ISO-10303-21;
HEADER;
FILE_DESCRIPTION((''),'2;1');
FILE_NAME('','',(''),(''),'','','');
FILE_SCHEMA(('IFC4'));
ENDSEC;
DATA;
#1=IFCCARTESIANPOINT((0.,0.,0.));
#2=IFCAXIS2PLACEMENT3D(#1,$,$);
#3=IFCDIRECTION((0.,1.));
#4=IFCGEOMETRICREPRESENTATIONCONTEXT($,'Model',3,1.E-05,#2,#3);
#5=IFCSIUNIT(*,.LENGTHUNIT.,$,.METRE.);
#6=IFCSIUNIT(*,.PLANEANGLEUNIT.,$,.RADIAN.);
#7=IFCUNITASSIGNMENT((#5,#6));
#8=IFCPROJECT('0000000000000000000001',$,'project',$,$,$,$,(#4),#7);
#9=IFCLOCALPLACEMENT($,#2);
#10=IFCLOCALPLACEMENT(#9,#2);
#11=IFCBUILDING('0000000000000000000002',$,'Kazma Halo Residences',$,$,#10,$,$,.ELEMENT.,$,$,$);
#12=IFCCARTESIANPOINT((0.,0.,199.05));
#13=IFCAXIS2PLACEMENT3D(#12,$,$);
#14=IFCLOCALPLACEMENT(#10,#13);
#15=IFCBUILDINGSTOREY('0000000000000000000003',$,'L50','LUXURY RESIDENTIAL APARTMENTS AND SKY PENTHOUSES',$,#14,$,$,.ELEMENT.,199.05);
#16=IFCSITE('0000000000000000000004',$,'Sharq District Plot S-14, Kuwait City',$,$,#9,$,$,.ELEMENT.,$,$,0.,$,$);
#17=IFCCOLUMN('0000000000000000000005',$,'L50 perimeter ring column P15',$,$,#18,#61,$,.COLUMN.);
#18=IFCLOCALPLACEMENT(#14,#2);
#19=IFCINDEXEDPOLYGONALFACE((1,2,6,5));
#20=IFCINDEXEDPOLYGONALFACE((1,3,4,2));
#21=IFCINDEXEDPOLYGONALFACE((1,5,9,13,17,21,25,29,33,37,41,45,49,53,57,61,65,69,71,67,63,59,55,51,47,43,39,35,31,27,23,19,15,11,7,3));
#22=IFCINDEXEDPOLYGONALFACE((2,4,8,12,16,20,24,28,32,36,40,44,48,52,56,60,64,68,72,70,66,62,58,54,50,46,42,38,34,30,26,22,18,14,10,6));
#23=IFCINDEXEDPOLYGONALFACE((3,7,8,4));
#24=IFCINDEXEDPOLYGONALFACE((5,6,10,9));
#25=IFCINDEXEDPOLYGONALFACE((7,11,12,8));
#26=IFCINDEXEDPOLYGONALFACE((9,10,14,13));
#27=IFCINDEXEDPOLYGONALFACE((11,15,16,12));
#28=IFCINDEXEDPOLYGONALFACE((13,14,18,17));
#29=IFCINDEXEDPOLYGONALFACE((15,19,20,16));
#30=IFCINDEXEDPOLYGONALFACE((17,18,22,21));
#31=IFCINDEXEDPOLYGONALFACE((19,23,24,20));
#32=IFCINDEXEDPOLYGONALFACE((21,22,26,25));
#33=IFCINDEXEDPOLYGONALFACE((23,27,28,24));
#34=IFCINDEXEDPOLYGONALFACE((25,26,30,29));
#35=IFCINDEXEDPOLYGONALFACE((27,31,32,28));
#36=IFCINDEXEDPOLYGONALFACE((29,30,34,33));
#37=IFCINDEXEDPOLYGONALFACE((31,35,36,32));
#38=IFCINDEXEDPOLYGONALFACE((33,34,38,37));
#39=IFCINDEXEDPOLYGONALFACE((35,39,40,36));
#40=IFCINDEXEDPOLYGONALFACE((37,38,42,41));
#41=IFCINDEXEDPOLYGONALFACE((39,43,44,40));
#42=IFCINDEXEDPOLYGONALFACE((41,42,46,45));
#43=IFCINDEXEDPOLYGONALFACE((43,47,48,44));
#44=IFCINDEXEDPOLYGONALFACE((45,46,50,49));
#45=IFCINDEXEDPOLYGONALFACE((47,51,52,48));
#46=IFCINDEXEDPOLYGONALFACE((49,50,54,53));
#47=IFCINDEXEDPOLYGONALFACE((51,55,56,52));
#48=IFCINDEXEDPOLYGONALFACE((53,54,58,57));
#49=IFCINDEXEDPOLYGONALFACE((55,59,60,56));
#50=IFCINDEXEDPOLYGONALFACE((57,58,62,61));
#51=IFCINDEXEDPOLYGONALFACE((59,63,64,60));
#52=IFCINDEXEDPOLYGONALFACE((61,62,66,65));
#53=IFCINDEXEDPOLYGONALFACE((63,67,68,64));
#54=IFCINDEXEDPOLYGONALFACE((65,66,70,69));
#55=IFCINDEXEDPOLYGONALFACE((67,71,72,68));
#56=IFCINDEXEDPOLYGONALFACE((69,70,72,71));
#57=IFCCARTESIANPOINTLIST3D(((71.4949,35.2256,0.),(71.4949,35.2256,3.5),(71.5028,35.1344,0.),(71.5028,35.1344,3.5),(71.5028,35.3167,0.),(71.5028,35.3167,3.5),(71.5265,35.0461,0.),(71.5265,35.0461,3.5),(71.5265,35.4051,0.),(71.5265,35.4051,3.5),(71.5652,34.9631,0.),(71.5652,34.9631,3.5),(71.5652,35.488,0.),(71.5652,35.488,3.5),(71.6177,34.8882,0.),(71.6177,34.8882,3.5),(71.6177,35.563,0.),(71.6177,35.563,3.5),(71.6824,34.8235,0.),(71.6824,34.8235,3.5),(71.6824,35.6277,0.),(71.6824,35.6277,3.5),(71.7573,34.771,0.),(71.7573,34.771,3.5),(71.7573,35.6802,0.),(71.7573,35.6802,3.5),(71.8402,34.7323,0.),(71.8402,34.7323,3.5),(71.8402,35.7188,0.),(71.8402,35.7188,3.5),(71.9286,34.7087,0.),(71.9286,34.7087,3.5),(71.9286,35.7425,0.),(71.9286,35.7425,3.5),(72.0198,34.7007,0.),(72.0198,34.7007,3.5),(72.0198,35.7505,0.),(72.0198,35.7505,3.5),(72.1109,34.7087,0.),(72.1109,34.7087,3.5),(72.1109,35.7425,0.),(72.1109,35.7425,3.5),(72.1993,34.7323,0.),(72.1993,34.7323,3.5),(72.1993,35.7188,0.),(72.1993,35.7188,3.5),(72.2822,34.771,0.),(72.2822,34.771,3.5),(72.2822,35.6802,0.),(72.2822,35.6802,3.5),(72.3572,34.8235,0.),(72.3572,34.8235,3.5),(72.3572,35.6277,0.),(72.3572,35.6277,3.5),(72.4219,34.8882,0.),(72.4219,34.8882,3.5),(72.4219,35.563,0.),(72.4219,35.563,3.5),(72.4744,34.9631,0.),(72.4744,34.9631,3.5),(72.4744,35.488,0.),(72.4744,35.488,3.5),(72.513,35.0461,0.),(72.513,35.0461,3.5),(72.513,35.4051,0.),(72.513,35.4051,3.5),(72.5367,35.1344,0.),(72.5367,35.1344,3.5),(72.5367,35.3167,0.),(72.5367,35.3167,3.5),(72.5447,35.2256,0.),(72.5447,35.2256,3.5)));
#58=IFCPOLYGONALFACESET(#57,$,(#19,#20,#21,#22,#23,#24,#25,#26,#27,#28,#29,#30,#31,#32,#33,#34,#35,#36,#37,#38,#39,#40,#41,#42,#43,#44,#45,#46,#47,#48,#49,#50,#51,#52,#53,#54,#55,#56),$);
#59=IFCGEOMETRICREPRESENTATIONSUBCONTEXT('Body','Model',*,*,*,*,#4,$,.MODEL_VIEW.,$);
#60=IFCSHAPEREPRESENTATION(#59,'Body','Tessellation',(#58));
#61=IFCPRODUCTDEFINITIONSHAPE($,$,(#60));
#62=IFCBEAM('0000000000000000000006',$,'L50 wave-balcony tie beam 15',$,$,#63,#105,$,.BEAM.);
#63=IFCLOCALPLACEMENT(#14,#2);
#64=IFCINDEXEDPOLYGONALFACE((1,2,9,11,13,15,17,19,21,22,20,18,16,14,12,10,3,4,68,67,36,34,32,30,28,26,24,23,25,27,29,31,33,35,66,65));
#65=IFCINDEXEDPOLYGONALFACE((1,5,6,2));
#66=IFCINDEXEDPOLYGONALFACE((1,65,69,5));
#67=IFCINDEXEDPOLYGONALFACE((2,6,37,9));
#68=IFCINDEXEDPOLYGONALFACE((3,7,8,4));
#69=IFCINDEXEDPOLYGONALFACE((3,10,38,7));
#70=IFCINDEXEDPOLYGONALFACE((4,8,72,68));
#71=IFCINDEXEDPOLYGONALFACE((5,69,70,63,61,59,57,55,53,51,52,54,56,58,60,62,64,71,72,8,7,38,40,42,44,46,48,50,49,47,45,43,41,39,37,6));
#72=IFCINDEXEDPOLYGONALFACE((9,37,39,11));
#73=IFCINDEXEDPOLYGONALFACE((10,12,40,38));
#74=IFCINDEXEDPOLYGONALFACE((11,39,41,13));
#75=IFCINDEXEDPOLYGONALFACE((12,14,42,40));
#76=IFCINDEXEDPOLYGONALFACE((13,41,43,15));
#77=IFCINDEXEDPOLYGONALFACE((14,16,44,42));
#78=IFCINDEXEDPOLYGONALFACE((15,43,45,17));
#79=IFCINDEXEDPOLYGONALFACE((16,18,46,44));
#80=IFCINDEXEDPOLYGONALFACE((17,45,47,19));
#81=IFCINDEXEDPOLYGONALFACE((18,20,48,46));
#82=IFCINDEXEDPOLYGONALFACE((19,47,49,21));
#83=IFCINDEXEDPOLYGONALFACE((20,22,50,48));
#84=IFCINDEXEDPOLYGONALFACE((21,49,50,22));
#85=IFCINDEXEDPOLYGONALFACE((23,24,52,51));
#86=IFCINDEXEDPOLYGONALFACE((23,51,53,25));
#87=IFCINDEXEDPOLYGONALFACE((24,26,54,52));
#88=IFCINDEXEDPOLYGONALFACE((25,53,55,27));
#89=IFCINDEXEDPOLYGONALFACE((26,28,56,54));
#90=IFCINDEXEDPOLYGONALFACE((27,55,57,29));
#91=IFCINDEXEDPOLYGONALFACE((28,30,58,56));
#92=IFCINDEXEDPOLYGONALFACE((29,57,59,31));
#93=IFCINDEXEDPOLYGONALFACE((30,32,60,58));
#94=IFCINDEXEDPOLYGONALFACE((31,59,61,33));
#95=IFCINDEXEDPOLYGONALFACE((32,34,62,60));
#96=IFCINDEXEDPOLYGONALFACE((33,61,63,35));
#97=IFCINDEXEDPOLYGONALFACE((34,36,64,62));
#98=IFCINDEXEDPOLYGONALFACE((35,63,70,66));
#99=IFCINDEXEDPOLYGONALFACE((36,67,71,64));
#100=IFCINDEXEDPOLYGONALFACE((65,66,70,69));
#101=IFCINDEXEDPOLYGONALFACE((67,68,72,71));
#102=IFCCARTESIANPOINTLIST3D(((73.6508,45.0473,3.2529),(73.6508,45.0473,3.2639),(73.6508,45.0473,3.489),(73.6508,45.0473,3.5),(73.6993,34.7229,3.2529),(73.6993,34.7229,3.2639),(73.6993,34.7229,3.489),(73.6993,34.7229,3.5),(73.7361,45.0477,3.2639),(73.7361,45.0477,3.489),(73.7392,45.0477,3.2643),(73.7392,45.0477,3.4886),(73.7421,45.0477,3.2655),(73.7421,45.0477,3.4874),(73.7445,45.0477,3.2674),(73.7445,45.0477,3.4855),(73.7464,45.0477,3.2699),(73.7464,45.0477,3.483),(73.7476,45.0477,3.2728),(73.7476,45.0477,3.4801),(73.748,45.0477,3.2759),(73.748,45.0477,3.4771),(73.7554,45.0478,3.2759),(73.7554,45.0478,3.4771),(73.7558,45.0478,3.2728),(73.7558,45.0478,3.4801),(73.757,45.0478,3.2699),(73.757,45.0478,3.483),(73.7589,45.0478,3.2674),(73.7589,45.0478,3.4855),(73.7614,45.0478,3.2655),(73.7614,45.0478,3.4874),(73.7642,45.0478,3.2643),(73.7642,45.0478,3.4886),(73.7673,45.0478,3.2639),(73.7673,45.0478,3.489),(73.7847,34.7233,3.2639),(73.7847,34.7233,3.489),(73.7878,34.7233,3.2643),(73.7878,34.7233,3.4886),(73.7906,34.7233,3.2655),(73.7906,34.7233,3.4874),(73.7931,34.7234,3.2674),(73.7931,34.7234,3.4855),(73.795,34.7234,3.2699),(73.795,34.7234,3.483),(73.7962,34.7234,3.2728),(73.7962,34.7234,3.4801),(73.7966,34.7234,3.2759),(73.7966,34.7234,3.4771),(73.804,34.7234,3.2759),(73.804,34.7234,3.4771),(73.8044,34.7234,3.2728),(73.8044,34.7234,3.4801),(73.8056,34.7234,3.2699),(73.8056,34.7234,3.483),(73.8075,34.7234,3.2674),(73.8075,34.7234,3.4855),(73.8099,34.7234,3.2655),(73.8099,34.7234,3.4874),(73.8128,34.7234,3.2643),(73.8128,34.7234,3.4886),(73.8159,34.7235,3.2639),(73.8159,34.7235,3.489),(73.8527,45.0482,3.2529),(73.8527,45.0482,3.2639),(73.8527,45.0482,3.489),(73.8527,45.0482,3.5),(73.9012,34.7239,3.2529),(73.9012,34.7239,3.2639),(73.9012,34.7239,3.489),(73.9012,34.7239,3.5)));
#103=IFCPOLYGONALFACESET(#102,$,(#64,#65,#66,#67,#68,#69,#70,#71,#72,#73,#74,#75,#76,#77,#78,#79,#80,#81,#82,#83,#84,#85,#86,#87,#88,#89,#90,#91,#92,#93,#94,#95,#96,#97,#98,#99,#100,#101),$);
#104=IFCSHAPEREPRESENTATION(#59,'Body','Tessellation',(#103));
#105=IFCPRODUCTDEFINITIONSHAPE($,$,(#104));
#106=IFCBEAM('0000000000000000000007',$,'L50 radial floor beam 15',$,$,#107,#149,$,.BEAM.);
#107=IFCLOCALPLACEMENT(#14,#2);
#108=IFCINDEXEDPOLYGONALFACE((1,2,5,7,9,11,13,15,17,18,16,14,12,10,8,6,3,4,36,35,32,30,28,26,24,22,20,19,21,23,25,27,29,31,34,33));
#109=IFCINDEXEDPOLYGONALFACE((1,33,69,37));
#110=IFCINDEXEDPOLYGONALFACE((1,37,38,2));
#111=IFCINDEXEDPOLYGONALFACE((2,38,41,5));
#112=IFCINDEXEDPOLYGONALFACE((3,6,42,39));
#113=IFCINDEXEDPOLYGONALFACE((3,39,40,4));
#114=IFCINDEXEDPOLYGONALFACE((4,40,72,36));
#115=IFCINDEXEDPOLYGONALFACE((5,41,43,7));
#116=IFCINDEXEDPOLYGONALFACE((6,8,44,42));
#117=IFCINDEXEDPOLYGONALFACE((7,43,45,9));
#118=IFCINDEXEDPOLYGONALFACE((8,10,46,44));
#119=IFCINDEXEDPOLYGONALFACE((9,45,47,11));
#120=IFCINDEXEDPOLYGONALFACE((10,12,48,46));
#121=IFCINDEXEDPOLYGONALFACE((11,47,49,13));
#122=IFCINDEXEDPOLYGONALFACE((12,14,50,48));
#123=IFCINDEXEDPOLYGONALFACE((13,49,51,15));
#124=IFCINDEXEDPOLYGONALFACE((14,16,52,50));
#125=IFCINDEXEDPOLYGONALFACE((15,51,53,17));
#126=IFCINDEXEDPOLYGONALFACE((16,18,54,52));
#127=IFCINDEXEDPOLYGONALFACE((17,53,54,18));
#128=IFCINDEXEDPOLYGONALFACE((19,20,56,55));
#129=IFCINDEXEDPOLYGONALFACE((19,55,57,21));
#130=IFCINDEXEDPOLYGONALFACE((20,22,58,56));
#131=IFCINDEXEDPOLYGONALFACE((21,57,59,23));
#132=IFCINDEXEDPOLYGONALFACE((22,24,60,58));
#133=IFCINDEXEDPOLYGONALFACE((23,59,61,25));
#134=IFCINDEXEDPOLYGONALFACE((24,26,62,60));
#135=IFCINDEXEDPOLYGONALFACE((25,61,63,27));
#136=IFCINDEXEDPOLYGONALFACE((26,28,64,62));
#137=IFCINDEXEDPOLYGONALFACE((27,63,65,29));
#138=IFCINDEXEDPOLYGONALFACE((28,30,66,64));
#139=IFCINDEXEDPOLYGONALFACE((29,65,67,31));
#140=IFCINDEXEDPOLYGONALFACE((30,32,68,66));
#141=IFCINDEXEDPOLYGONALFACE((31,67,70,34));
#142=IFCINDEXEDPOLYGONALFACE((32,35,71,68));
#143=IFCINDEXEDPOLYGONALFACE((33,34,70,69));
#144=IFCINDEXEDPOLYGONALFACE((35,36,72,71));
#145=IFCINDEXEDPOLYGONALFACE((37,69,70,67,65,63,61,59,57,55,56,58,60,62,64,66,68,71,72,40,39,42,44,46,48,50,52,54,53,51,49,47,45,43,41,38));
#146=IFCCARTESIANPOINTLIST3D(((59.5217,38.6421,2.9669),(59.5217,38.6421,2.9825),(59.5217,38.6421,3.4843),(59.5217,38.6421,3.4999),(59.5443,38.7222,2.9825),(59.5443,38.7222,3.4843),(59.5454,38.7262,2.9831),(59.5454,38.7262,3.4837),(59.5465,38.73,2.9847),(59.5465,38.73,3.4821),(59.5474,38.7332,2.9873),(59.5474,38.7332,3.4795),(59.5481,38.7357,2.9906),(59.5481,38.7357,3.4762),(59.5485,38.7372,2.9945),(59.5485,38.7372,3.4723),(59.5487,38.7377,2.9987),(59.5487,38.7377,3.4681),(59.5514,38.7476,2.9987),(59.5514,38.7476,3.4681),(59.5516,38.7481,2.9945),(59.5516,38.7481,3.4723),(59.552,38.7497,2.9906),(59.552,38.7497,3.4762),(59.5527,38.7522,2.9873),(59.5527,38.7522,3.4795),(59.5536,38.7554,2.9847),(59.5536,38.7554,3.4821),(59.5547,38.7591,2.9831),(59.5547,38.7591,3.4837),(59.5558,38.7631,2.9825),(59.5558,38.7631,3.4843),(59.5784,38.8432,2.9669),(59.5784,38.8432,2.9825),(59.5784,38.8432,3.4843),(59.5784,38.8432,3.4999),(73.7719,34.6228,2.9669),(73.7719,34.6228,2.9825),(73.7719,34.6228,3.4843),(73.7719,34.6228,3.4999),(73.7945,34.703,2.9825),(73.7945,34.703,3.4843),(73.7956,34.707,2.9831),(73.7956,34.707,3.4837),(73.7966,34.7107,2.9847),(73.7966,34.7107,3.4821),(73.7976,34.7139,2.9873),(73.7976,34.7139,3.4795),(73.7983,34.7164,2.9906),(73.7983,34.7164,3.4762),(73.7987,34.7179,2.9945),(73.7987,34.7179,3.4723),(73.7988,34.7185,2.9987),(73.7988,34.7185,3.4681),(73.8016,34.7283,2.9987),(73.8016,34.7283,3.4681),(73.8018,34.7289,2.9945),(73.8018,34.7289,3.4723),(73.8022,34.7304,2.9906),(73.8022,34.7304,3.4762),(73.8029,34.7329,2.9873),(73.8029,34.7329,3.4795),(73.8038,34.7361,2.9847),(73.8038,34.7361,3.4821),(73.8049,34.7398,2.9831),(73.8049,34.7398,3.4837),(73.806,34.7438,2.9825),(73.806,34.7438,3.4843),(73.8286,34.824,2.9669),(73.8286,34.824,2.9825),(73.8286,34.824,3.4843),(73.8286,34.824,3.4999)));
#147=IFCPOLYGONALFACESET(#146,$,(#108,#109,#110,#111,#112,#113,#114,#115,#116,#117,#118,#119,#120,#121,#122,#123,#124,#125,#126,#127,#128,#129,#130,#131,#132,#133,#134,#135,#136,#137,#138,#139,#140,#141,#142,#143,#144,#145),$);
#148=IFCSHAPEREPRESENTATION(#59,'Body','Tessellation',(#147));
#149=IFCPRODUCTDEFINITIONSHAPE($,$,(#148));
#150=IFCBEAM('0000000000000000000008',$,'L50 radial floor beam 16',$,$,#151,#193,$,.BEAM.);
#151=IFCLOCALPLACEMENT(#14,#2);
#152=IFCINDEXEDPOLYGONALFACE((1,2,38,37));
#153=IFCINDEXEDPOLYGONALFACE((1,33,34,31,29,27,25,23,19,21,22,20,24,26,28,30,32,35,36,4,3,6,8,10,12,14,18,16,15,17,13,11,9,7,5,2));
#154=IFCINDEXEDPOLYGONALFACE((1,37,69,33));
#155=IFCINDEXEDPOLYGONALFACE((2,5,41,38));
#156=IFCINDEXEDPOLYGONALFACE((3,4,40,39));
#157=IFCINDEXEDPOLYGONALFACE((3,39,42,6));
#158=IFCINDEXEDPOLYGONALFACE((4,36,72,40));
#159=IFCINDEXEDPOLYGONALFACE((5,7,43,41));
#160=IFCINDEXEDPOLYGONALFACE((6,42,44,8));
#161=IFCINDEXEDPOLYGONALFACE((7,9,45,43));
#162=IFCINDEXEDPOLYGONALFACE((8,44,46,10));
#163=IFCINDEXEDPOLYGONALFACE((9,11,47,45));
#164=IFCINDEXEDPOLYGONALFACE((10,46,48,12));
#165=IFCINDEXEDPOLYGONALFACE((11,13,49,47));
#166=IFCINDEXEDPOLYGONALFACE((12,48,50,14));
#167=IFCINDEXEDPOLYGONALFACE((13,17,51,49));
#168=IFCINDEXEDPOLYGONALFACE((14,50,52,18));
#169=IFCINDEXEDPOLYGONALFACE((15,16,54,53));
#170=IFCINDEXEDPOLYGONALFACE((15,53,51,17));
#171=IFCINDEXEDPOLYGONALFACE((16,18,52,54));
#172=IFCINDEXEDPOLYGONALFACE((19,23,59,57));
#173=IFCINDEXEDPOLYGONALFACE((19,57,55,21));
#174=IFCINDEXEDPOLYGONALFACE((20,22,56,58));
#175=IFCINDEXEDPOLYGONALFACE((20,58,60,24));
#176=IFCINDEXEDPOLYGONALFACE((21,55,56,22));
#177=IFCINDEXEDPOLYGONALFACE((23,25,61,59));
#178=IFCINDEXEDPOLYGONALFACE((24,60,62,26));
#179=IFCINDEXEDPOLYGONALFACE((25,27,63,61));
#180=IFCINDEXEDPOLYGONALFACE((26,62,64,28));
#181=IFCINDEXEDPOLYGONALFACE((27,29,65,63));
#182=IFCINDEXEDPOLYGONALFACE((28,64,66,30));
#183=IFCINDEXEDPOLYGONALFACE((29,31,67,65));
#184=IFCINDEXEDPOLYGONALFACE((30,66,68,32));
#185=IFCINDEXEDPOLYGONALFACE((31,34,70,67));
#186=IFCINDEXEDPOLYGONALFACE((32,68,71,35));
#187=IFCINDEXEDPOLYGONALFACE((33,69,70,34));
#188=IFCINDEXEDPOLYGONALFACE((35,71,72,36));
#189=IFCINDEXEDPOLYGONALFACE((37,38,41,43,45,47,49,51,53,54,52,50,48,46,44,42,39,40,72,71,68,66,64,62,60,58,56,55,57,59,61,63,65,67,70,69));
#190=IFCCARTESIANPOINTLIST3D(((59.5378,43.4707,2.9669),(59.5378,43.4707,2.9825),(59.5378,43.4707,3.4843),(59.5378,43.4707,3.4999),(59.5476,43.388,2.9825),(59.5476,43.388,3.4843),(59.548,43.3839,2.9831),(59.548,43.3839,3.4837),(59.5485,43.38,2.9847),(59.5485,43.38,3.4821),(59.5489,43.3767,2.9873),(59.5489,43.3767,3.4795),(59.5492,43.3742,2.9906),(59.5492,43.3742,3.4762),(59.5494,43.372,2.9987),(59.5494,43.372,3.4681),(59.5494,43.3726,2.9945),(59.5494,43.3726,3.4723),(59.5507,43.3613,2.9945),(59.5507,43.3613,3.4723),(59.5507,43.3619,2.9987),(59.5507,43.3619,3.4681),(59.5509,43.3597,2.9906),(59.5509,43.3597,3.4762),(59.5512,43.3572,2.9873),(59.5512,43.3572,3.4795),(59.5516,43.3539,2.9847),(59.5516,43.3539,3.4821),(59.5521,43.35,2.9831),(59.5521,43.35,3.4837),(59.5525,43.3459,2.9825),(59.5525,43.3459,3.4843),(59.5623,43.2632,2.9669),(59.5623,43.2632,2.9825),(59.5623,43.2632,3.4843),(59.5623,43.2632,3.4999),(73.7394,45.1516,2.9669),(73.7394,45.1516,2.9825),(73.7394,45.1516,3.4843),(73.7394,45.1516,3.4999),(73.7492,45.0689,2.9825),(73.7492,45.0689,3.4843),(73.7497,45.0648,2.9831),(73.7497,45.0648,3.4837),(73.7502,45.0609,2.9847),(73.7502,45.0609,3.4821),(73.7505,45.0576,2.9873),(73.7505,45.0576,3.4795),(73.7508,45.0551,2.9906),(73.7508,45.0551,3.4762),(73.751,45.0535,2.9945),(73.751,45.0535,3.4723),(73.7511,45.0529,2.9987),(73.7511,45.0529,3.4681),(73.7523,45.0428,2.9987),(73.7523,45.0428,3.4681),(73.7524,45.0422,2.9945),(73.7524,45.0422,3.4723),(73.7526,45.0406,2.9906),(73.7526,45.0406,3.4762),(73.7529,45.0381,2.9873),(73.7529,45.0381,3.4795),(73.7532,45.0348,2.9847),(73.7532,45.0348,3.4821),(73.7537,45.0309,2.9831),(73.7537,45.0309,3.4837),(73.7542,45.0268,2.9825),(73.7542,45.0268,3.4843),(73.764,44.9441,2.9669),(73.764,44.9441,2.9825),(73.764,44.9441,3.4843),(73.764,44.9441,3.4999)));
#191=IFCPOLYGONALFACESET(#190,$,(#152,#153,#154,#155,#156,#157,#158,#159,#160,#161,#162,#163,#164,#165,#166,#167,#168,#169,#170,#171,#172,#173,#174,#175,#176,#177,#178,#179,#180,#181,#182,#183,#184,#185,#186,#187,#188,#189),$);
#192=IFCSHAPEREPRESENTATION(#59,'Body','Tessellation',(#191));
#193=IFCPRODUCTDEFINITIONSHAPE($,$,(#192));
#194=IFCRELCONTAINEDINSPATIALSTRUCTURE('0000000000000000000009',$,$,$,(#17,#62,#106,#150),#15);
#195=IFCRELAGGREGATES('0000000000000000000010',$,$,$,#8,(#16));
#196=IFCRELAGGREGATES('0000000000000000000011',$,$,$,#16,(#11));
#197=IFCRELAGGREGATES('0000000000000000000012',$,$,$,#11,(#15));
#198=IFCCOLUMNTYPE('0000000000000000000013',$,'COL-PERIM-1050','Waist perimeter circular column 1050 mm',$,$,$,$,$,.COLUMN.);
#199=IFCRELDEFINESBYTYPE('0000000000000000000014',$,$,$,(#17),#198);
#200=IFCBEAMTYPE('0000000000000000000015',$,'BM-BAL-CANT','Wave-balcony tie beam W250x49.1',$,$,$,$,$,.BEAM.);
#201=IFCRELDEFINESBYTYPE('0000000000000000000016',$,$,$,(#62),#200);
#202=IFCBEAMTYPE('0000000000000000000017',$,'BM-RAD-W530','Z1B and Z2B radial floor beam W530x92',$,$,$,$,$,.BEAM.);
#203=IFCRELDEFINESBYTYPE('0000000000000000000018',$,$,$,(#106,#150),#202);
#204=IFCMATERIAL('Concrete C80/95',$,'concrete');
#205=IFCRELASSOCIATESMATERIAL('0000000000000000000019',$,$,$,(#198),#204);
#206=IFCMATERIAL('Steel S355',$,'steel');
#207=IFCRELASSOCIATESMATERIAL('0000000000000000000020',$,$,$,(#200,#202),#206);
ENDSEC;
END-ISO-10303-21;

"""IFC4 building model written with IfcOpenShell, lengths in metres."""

from ifc_helpers import new_model, si_unit, direction, frame, origin, origin_2d, place, context, subcontext, project, spatial, circle, i_section, extrude, material, material_profile, profile_set, type_object, element, save


model = new_model("IFC4")

# Units and contexts
model_context = context("Model", 3, precision=1e-05, world=origin(), true_north=direction((0.0, 1.0)))
body_context = subcontext(model_context, "Body", "Model", "MODEL_VIEW")
ifc_project = project(units=[si_unit("LENGTHUNIT", "METRE"), si_unit("PLANEANGLEUNIT", "RADIAN")], contexts=[model_context])

# Site, building, storey
site_placement = place(None, origin())
site = spatial("IfcSite", under=ifc_project, at=site_placement, Name="Sharq District Plot S-14, Kuwait City", CompositionType="ELEMENT", RefElevation=0.0)
building_placement = place(site_placement, origin())
building = spatial("IfcBuilding", under=site, at=building_placement, Name="Kazma Halo Residences", CompositionType="ELEMENT")
storey_placement = place(building_placement, frame((0.0, 0.0, 199.05)))
storey = spatial("IfcBuildingStorey", under=building, at=storey_placement, Name="L50", Description="LUXURY RESIDENTIAL APARTMENTS AND SKY PENTHOUSES", CompositionType="ELEMENT", Elevation=199.05)

# Column
ifc_material_1 = material(Name="Concrete C80/95", Category="concrete")
ifc_material_profile_1 = material_profile(ifc_material_1, circle(Radius=0.5249, at=origin_2d()), Name="CIRC1050")
ifc_profile_set_1 = profile_set([ifc_material_profile_1], Name="Concrete C80/95")
column_type = type_object("IfcColumnType", Name="COL-PERIM-1050", Description="Waist perimeter circular column 1050 mm", PredefinedType="COLUMN", material=ifc_profile_set_1)
column_placement = place(storey_placement, frame((72.0198, 35.2256, 0.0), z_axis=(0.0, 0.0, 1.0), x_axis=(1.0, 0.0, 0.0)))
element("IfcColumn", 1, at=column_placement, inside=storey, type_object=column_type, Name="L50 perimeter ring column P15", PredefinedType="COLUMN", context=body_context, shape_type="SweptSolid", body=[
    extrude(circle(Radius=0.5249, at=origin_2d()), origin(), (0.0, 0.0, 1.0), 3.5),
])

# Beams
ifc_material_2 = material(Name="Steel S355", Category="steel")
ifc_material_profile_2 = material_profile(ifc_material_2, i_section(OverallWidth=0.2019, OverallDepth=0.2471, WebThickness=0.0073, FlangeThickness=0.011, FilletRadius=0.012, at=origin_2d()), Name="W250x49.1")
ifc_profile_set_2 = profile_set([ifc_material_profile_2], Name="Steel S355")
beam_type_1 = type_object("IfcBeamType", Name="BM-BAL-CANT", Description="Wave-balcony tie beam W250x49.1", PredefinedType="BEAM", material=ifc_profile_set_2)
beam_1_placement = place(storey_placement, frame((73.8003, 34.7234, 3.3765), z_axis=(-0.004706, 0.999989, 0.0), x_axis=(-0.999989, -0.004706, 0.0)))
element("IfcBeam", 2, at=beam_1_placement, inside=storey, type_object=beam_type_1, Name="L50 wave-balcony tie beam 15", PredefinedType="BEAM", context=body_context, shape_type="SweptSolid", body=[
    extrude(i_section(OverallWidth=0.2019, OverallDepth=0.2471, WebThickness=0.0073, FlangeThickness=0.011, FilletRadius=0.012, at=origin_2d()), origin(), (0.0, 0.0, 1.0), 10.3245),
])
ifc_material_profile_3 = material_profile(ifc_material_2, i_section(OverallWidth=0.209, OverallDepth=0.533, WebThickness=0.0103, FlangeThickness=0.0156, FilletRadius=0.0161, at=origin_2d()), Name="W530x92")
ifc_profile_set_3 = profile_set([ifc_material_profile_3], Name="Steel S355")
beam_type_2 = type_object("IfcBeamType", Name="BM-RAD-W530", Description="Z1B and Z2B radial floor beam W530x92", PredefinedType="BEAM", material=ifc_profile_set_3)
beam_2_placement = place(storey_placement, frame((59.55, 38.7427, 3.2334), z_axis=(0.96245, -0.271459, 0.0), x_axis=(0.271459, 0.96245, 0.0)))
element("IfcBeam", 3, at=beam_2_placement, inside=storey, type_object=beam_type_2, Name="L50 radial floor beam 15", PredefinedType="BEAM", context=body_context, shape_type="SweptSolid", body=[
    extrude(i_section(OverallWidth=0.209, OverallDepth=0.533, WebThickness=0.0103, FlangeThickness=0.0156, FilletRadius=0.0161, at=origin_2d()), origin(), (0.0, 0.0, 1.0), 14.8062),
])
beam_3_placement = place(storey_placement, frame((59.55, 43.3669, 3.2334), z_axis=(0.993068, 0.11754, 0.0), x_axis=(-0.11754, 0.993068, 0.0)))
element("IfcBeam", 4, at=beam_3_placement, inside=storey, type_object=beam_type_2, Name="L50 radial floor beam 16", PredefinedType="BEAM", context=body_context, shape_type="SweptSolid", body=[
    extrude(i_section(OverallWidth=0.209, OverallDepth=0.533, WebThickness=0.0103, FlangeThickness=0.0156, FilletRadius=0.0161, at=origin_2d()), origin(), (0.0, 0.0, 1.0), 14.3008),
])

save(model, "model.ifc")
